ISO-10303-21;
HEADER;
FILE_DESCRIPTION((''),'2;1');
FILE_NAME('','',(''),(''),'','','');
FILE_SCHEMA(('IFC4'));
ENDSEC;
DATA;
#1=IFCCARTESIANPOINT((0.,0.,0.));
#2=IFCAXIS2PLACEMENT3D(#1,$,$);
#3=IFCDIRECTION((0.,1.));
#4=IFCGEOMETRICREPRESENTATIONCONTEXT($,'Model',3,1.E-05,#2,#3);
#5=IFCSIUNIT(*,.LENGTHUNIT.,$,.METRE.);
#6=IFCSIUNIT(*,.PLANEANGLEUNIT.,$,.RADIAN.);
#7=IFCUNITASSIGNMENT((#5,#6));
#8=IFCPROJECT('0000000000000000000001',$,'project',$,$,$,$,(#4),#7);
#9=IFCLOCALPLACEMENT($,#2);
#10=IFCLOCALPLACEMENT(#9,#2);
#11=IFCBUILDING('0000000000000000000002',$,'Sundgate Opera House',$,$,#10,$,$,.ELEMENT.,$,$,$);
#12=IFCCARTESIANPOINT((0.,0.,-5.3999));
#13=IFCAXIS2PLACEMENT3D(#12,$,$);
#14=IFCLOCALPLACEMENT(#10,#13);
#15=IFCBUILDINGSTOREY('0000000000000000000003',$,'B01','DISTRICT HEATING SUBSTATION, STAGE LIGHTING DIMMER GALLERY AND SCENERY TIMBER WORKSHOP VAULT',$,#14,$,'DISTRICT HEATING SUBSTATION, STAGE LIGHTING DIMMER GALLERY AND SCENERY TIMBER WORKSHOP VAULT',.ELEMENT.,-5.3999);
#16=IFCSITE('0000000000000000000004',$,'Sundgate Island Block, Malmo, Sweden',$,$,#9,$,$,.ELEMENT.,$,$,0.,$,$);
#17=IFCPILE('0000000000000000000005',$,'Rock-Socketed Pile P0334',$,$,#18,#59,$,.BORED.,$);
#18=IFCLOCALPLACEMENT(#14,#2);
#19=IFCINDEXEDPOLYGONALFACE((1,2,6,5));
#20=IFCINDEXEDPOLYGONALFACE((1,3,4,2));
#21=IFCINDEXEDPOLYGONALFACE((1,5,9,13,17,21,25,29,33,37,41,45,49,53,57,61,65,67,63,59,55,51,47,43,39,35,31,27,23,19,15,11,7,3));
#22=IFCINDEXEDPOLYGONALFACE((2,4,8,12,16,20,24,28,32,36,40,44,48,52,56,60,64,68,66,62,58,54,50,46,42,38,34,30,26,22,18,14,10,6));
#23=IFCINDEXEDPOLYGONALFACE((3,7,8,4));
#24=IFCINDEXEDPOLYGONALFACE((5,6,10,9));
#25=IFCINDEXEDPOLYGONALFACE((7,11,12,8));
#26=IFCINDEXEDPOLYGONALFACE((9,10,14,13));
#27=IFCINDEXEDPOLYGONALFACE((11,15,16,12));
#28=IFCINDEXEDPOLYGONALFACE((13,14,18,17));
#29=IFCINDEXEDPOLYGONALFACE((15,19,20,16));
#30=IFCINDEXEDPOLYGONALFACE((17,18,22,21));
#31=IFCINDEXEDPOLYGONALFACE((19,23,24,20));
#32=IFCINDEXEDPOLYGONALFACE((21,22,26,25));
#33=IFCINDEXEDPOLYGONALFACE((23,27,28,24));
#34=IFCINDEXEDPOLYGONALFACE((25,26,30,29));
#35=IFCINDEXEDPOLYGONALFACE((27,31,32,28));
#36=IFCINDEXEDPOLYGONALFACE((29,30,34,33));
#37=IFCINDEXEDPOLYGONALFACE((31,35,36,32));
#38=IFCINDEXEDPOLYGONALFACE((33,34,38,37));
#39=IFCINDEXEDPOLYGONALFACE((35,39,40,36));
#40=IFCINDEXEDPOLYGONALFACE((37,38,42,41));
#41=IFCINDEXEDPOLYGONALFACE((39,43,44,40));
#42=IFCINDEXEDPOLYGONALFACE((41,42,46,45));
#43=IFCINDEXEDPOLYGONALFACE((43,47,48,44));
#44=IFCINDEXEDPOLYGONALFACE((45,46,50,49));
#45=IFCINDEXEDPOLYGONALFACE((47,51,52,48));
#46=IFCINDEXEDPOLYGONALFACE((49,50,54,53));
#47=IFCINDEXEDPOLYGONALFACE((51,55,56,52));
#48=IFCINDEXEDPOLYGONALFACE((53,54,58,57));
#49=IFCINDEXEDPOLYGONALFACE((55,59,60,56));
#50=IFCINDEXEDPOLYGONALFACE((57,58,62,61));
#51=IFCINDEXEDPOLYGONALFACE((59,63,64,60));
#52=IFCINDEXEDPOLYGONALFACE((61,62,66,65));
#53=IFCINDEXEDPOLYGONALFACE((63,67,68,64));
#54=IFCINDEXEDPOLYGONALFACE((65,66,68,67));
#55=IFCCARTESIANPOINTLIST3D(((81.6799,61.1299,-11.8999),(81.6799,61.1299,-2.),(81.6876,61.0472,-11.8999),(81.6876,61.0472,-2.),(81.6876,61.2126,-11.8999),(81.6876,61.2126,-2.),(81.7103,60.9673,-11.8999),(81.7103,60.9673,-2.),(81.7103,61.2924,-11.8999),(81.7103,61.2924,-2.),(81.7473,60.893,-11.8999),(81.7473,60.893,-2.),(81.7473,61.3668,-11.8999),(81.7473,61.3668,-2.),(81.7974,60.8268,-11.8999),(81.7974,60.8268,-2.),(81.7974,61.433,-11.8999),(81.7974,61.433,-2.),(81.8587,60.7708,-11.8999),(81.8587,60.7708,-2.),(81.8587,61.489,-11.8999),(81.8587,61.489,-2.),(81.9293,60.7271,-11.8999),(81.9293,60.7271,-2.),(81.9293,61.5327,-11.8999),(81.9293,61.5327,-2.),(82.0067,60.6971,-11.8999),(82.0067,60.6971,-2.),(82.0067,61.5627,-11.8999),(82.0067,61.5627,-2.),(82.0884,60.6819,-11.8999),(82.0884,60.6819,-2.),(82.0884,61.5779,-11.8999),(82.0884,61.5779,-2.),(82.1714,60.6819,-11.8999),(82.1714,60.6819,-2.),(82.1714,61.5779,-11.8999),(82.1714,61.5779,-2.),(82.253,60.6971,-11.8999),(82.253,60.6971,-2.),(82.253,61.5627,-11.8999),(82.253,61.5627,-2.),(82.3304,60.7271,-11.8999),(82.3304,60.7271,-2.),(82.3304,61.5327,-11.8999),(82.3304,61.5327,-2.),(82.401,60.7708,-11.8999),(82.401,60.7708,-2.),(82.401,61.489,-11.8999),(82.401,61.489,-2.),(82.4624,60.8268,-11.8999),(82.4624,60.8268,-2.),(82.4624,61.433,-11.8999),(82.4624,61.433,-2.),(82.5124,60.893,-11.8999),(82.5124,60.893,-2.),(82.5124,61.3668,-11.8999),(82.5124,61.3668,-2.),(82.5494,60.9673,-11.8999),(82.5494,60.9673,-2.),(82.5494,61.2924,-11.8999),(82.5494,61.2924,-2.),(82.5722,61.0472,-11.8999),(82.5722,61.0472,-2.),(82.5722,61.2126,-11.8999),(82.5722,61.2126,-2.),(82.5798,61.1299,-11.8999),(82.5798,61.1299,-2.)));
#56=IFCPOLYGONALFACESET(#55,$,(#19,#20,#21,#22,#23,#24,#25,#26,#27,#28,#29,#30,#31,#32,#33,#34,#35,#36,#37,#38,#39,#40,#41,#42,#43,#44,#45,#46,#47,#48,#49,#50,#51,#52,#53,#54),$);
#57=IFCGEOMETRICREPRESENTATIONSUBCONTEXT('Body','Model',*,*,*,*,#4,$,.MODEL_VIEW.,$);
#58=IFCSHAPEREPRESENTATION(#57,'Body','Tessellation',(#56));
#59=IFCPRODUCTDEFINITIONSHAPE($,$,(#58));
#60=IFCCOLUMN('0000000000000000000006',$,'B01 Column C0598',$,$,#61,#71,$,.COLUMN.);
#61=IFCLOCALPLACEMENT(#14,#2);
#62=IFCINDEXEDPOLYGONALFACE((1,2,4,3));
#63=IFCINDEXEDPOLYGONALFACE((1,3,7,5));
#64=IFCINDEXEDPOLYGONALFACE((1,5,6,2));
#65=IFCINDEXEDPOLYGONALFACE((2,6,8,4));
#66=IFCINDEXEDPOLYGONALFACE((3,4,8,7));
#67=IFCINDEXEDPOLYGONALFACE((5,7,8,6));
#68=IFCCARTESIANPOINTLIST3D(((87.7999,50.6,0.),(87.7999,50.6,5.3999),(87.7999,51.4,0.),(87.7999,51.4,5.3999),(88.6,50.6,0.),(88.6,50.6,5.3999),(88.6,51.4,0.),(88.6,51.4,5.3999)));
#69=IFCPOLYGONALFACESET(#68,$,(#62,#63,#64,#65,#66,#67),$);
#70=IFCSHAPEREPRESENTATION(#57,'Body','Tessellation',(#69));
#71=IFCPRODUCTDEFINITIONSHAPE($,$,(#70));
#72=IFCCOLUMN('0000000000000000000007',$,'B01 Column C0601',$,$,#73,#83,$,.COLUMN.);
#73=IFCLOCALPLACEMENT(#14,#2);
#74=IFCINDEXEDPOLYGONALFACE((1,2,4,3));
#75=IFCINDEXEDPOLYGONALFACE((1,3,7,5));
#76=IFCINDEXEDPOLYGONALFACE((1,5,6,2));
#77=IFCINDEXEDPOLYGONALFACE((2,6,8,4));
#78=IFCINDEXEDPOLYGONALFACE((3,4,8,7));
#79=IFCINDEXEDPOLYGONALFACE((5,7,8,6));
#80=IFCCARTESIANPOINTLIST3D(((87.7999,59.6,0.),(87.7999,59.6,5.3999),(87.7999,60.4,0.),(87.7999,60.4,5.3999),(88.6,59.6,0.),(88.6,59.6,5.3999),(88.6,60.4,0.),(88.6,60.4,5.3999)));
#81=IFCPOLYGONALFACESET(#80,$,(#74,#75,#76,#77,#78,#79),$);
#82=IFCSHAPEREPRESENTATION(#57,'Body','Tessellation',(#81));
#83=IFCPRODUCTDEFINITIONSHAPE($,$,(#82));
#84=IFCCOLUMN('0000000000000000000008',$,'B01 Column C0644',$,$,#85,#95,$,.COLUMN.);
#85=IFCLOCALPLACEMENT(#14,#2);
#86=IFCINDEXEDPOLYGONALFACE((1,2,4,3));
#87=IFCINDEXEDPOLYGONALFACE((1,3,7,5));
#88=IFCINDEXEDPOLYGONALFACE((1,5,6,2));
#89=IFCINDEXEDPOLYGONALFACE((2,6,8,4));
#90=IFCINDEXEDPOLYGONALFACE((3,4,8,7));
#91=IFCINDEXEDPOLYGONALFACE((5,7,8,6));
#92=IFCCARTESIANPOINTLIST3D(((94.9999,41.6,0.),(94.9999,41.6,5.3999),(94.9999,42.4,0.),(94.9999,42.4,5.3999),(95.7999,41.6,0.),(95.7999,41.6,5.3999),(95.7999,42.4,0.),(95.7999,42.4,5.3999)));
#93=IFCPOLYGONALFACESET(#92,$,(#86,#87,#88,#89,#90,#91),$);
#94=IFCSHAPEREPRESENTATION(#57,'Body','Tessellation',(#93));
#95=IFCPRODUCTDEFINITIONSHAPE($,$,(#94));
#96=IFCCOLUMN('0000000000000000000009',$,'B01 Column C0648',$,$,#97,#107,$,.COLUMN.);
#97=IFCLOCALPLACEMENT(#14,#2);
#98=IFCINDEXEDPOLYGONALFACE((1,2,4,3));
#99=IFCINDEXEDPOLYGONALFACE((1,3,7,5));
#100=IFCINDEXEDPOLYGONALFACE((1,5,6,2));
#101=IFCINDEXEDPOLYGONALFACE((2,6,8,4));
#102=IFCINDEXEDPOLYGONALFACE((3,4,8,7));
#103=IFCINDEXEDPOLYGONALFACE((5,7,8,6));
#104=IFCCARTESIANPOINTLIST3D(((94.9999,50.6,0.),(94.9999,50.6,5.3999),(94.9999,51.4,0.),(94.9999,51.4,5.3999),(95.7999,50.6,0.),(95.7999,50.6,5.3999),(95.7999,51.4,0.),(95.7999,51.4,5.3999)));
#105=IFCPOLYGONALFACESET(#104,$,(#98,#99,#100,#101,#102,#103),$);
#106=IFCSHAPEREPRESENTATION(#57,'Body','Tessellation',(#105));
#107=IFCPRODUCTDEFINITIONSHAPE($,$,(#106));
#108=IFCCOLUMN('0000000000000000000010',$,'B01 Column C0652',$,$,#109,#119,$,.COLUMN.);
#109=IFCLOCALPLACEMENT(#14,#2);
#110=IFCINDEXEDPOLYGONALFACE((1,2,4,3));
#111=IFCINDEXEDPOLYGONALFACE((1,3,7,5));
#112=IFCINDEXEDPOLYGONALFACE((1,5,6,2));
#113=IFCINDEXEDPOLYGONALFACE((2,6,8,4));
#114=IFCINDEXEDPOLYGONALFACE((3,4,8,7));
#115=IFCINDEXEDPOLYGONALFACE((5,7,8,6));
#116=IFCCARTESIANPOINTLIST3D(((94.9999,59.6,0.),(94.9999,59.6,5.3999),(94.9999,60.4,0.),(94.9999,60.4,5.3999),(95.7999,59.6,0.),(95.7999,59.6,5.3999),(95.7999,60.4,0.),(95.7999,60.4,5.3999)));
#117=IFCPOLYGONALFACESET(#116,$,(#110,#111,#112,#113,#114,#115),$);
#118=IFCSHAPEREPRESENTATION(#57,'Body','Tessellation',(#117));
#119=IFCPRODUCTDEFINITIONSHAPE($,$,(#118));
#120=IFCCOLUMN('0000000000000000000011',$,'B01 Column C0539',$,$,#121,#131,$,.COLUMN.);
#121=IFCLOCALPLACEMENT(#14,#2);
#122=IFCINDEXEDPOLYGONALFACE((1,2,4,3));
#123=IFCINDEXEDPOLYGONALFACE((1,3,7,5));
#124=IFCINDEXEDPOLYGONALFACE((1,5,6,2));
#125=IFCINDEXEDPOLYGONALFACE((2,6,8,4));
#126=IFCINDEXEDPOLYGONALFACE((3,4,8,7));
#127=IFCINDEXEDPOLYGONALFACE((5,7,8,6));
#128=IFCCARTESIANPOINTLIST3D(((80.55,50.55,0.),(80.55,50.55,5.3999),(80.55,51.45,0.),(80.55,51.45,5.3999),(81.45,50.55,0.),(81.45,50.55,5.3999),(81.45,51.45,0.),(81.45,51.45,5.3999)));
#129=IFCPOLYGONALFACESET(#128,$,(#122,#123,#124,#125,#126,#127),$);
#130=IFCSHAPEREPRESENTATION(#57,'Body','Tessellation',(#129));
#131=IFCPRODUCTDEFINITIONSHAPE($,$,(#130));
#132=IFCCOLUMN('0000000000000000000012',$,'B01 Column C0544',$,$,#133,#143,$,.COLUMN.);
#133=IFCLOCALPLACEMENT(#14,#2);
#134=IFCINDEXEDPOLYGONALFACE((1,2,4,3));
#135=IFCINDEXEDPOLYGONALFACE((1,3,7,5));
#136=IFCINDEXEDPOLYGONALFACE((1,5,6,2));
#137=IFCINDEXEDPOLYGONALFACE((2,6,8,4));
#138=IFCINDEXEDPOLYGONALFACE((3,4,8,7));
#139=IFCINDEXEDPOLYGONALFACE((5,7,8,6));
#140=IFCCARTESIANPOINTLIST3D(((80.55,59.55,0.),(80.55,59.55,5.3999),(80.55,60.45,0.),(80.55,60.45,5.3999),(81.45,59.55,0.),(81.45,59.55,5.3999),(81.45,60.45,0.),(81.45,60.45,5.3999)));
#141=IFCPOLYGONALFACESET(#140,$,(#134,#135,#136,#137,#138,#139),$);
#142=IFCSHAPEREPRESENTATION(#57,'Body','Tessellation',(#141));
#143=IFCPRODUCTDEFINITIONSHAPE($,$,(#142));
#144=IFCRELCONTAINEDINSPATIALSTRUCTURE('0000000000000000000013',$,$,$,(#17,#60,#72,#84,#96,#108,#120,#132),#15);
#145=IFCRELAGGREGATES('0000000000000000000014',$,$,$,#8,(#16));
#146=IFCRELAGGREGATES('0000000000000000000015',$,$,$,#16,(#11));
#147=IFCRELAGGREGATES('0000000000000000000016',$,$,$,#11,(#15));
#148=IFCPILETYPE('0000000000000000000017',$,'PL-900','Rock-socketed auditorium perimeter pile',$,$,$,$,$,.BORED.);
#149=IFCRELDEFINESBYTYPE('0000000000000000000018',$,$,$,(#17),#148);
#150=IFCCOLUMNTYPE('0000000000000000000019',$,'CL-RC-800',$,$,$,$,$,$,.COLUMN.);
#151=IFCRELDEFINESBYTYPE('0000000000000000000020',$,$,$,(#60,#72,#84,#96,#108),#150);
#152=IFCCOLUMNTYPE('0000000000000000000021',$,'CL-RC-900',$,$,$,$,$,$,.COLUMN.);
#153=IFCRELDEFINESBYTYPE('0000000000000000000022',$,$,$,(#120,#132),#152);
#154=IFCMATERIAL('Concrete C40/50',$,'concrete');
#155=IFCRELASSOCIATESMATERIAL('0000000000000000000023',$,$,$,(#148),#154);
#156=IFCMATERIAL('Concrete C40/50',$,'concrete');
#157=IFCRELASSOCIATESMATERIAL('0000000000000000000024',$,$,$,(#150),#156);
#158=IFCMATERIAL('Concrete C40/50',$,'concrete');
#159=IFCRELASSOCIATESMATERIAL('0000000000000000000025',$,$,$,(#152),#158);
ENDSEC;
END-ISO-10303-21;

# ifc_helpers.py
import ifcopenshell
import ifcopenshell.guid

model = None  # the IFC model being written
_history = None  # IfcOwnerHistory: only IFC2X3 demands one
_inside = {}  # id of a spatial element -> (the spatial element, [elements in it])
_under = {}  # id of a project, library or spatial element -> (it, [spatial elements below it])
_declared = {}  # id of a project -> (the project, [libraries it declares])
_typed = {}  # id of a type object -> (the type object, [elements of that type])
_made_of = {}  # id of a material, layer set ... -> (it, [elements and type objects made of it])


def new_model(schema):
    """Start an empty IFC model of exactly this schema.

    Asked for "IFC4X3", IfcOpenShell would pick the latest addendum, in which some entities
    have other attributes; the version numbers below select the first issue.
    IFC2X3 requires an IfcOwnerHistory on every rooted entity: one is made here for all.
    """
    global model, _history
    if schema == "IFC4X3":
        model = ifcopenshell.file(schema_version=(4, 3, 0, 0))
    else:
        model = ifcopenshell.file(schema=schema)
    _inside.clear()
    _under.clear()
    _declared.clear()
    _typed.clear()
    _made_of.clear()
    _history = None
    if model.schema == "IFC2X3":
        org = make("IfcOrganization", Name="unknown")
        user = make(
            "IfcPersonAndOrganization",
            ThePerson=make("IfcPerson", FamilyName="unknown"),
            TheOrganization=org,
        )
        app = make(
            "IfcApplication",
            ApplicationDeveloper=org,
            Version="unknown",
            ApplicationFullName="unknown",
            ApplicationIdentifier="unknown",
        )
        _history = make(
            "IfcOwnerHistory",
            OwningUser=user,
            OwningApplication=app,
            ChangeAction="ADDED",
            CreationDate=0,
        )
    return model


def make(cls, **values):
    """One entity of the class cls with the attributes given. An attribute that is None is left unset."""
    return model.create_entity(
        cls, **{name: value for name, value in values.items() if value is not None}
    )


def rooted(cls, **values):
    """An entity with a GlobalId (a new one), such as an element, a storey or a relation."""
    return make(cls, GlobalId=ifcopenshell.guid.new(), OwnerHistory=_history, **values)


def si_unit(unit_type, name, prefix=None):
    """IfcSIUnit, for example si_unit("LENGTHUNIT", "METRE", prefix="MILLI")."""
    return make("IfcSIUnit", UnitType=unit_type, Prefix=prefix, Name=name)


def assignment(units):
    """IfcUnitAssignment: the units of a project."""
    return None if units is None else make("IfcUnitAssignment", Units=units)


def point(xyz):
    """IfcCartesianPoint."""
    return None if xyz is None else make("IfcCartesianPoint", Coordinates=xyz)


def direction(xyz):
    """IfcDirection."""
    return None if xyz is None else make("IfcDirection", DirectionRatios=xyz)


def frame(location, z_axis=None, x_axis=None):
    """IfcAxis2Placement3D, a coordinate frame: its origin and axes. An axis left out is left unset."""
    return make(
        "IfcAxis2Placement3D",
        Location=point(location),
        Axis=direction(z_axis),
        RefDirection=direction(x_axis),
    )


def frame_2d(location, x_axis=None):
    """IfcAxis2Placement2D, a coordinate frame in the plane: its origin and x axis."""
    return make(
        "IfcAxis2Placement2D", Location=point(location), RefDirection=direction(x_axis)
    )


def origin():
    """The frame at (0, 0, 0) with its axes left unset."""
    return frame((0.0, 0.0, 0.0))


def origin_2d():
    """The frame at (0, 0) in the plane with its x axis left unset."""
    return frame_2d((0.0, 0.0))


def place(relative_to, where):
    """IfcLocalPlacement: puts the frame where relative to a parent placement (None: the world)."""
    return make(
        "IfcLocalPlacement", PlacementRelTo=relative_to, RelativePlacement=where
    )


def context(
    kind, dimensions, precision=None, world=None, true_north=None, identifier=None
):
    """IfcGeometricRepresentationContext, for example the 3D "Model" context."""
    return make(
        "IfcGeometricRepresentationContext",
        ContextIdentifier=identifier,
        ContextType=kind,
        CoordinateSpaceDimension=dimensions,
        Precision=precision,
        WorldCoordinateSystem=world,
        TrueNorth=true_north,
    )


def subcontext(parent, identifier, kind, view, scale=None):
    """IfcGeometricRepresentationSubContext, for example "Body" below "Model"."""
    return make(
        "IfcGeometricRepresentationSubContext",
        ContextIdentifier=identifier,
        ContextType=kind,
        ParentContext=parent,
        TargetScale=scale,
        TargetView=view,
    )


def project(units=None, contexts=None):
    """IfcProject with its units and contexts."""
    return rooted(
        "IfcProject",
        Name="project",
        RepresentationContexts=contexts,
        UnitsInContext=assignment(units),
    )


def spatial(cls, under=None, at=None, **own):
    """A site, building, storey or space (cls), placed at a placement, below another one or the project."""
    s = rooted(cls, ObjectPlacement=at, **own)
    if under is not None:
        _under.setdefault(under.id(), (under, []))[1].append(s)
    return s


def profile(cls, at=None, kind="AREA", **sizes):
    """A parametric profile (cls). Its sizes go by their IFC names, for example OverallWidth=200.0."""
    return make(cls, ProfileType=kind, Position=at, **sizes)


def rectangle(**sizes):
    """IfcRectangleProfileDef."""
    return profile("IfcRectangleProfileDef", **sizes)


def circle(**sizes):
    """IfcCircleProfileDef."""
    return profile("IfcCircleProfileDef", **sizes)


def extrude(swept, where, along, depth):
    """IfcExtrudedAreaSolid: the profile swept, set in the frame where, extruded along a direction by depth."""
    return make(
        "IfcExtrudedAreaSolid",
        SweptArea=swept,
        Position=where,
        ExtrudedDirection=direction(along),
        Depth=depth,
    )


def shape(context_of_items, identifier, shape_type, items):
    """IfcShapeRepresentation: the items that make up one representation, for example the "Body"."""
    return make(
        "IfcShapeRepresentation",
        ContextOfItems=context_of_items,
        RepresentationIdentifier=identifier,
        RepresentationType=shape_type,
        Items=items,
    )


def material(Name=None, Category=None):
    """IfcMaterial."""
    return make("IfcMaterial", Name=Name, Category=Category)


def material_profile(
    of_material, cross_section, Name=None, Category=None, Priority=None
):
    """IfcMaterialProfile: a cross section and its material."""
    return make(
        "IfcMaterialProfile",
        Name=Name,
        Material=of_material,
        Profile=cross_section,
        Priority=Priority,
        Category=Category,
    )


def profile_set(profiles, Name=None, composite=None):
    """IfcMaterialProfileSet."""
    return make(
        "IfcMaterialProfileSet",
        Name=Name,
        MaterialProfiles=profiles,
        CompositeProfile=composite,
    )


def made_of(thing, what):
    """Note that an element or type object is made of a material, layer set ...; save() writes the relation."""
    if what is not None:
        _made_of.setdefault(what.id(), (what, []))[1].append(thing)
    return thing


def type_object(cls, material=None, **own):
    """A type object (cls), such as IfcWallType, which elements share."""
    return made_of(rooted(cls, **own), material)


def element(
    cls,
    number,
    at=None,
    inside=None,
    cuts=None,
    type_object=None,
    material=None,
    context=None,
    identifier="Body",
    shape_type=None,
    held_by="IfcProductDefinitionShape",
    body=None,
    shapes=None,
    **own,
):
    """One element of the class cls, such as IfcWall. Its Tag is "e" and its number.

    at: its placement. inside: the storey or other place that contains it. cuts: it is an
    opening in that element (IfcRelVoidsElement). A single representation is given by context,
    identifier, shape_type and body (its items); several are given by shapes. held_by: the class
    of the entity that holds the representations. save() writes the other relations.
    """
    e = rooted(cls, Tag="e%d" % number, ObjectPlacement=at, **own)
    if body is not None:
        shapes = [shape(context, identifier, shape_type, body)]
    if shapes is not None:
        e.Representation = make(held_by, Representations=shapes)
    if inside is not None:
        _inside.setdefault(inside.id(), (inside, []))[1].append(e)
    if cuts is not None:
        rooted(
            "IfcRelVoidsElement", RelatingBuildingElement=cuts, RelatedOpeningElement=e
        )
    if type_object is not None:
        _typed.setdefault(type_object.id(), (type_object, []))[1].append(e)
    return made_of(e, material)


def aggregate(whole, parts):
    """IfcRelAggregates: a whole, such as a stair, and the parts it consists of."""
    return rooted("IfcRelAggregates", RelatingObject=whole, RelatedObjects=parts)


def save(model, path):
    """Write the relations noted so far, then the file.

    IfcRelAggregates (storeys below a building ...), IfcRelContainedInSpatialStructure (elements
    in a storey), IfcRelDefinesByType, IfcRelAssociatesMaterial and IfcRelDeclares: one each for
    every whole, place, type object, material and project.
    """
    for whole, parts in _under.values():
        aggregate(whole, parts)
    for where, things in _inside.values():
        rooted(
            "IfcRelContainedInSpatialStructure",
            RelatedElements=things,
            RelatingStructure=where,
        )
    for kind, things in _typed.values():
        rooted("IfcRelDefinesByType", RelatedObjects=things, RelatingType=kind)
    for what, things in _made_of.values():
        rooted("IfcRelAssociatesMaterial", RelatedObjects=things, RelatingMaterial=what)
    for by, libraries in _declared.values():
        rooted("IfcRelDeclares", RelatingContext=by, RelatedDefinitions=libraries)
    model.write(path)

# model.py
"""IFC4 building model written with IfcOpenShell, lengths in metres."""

from ifc_helpers import new_model, si_unit, direction, frame, origin, origin_2d, place, context, subcontext, project, spatial, rectangle, circle, extrude, material, material_profile, profile_set, type_object, element, save


model = new_model("IFC4")

# Units and contexts
model_context = context("Model", 3, precision=1e-05, world=origin(), true_north=direction((0.0, 1.0)))
body_context = subcontext(model_context, "Body", "Model", "MODEL_VIEW")
ifc_project = project(units=[si_unit("LENGTHUNIT", "METRE"), si_unit("PLANEANGLEUNIT", "RADIAN")], contexts=[model_context])

# Site, building, storey
site_placement = place(None, origin())
site = spatial("IfcSite", under=ifc_project, at=site_placement, Name="Sundgate Island Block, Malmo, Sweden", CompositionType="ELEMENT", RefElevation=0.0)
building_placement = place(site_placement, origin())
building = spatial("IfcBuilding", under=site, at=building_placement, Name="Sundgate Opera House", CompositionType="ELEMENT")
storey_placement = place(building_placement, frame((0.0, 0.0, -5.3999)))
storey = spatial("IfcBuildingStorey", under=building, at=storey_placement, Name="B01", Description="DISTRICT HEATING SUBSTATION, STAGE LIGHTING DIMMER GALLERY AND SCENERY TIMBER WORKSHOP VAULT", LongName="DISTRICT HEATING SUBSTATION, STAGE LIGHTING DIMMER GALLERY AND SCENERY TIMBER WORKSHOP VAULT", CompositionType="ELEMENT", Elevation=-5.3999)

# Pile
ifc_material_1 = material(Name="Concrete C40/50", Category="concrete")
ifc_material_profile_1 = material_profile(ifc_material_1, circle(Radius=0.45, at=origin_2d()), Name="PILE D900")
ifc_profile_set_1 = profile_set([ifc_material_profile_1], Name="Concrete C40/50")
pile_type_1 = type_object("IfcPileType", Name="PL-900", Description="Rock-socketed auditorium perimeter pile", PredefinedType="BORED", material=ifc_profile_set_1)
for number, where, z_axis, x_axis, name in (
    (1, (82.1299, 61.1299, -2.0), (0.0, 0.0, -1.0), (1.0, 0.0, 0.0), "Rock-Socketed Pile P0334"),
):
    element("IfcPile", number, at=place(storey_placement, frame(where, z_axis=z_axis, x_axis=x_axis)), inside=storey, type_object=pile_type_1, Name=name, PredefinedType="BORED", context=body_context, shape_type="SweptSolid", body=[
        extrude(circle(Radius=0.45, at=origin_2d()), origin(), (0.0, 0.0, 1.0), 9.8999),
    ])

# Columns
ifc_material_2 = material(Name="Concrete C40/50", Category="concrete")
ifc_material_profile_2 = material_profile(ifc_material_2, rectangle(XDim=0.8, YDim=0.8, at=origin_2d()), Name="RC 800x800")
ifc_profile_set_2 = profile_set([ifc_material_profile_2], Name="Concrete C40/50")
column_type_1 = type_object("IfcColumnType", Name="CL-RC-800", PredefinedType="COLUMN", material=ifc_profile_set_2)
for number, where, z_axis, x_axis, name in (
    (2, (88.2, 51.0, 0.0), (0.0, 0.0, 1.0), (1.0, 0.0, 0.0), "B01 Column C0598"),
    (3, (88.2, 60.0, 0.0), (0.0, 0.0, 1.0), (1.0, 0.0, 0.0), "B01 Column C0601"),
    (4, (95.3999, 42.0, 0.0), (0.0, 0.0, 1.0), (1.0, 0.0, 0.0), "B01 Column C0644"),
    (5, (95.3999, 51.0, 0.0), (0.0, 0.0, 1.0), (1.0, 0.0, 0.0), "B01 Column C0648"),
    (6, (95.3999, 60.0, 0.0), (0.0, 0.0, 1.0), (1.0, 0.0, 0.0), "B01 Column C0652"),
):
    element("IfcColumn", number, at=place(storey_placement, frame(where, z_axis=z_axis, x_axis=x_axis)), inside=storey, type_object=column_type_1, Name=name, PredefinedType="COLUMN", context=body_context, shape_type="SweptSolid", body=[
        extrude(rectangle(XDim=0.8, YDim=0.8, at=origin_2d()), origin(), (0.0, 0.0, 1.0), 5.3999),
    ])
ifc_material_3 = material(Name="Concrete C40/50", Category="concrete")
ifc_material_profile_3 = material_profile(ifc_material_3, rectangle(XDim=0.8999, YDim=0.8999, at=origin_2d()), Name="RC 900x900")
ifc_profile_set_3 = profile_set([ifc_material_profile_3], Name="Concrete C40/50")
column_type_2 = type_object("IfcColumnType", Name="CL-RC-900", PredefinedType="COLUMN", material=ifc_profile_set_3)
for number, where, z_axis, x_axis, name in (
    (7, (81.0, 51.0, 0.0), (0.0, 0.0, 1.0), (1.0, 0.0, 0.0), "B01 Column C0539"),
    (8, (81.0, 60.0, 0.0), (0.0, 0.0, 1.0), (1.0, 0.0, 0.0), "B01 Column C0544"),
):
    element("IfcColumn", number, at=place(storey_placement, frame(where, z_axis=z_axis, x_axis=x_axis)), inside=storey, type_object=column_type_2, Name=name, PredefinedType="COLUMN", context=body_context, shape_type="SweptSolid", body=[
        extrude(rectangle(XDim=0.8999, YDim=0.8999, at=origin_2d()), origin(), (0.0, 0.0, 1.0), 5.3999),
    ])

save(model, "model.ifc")
